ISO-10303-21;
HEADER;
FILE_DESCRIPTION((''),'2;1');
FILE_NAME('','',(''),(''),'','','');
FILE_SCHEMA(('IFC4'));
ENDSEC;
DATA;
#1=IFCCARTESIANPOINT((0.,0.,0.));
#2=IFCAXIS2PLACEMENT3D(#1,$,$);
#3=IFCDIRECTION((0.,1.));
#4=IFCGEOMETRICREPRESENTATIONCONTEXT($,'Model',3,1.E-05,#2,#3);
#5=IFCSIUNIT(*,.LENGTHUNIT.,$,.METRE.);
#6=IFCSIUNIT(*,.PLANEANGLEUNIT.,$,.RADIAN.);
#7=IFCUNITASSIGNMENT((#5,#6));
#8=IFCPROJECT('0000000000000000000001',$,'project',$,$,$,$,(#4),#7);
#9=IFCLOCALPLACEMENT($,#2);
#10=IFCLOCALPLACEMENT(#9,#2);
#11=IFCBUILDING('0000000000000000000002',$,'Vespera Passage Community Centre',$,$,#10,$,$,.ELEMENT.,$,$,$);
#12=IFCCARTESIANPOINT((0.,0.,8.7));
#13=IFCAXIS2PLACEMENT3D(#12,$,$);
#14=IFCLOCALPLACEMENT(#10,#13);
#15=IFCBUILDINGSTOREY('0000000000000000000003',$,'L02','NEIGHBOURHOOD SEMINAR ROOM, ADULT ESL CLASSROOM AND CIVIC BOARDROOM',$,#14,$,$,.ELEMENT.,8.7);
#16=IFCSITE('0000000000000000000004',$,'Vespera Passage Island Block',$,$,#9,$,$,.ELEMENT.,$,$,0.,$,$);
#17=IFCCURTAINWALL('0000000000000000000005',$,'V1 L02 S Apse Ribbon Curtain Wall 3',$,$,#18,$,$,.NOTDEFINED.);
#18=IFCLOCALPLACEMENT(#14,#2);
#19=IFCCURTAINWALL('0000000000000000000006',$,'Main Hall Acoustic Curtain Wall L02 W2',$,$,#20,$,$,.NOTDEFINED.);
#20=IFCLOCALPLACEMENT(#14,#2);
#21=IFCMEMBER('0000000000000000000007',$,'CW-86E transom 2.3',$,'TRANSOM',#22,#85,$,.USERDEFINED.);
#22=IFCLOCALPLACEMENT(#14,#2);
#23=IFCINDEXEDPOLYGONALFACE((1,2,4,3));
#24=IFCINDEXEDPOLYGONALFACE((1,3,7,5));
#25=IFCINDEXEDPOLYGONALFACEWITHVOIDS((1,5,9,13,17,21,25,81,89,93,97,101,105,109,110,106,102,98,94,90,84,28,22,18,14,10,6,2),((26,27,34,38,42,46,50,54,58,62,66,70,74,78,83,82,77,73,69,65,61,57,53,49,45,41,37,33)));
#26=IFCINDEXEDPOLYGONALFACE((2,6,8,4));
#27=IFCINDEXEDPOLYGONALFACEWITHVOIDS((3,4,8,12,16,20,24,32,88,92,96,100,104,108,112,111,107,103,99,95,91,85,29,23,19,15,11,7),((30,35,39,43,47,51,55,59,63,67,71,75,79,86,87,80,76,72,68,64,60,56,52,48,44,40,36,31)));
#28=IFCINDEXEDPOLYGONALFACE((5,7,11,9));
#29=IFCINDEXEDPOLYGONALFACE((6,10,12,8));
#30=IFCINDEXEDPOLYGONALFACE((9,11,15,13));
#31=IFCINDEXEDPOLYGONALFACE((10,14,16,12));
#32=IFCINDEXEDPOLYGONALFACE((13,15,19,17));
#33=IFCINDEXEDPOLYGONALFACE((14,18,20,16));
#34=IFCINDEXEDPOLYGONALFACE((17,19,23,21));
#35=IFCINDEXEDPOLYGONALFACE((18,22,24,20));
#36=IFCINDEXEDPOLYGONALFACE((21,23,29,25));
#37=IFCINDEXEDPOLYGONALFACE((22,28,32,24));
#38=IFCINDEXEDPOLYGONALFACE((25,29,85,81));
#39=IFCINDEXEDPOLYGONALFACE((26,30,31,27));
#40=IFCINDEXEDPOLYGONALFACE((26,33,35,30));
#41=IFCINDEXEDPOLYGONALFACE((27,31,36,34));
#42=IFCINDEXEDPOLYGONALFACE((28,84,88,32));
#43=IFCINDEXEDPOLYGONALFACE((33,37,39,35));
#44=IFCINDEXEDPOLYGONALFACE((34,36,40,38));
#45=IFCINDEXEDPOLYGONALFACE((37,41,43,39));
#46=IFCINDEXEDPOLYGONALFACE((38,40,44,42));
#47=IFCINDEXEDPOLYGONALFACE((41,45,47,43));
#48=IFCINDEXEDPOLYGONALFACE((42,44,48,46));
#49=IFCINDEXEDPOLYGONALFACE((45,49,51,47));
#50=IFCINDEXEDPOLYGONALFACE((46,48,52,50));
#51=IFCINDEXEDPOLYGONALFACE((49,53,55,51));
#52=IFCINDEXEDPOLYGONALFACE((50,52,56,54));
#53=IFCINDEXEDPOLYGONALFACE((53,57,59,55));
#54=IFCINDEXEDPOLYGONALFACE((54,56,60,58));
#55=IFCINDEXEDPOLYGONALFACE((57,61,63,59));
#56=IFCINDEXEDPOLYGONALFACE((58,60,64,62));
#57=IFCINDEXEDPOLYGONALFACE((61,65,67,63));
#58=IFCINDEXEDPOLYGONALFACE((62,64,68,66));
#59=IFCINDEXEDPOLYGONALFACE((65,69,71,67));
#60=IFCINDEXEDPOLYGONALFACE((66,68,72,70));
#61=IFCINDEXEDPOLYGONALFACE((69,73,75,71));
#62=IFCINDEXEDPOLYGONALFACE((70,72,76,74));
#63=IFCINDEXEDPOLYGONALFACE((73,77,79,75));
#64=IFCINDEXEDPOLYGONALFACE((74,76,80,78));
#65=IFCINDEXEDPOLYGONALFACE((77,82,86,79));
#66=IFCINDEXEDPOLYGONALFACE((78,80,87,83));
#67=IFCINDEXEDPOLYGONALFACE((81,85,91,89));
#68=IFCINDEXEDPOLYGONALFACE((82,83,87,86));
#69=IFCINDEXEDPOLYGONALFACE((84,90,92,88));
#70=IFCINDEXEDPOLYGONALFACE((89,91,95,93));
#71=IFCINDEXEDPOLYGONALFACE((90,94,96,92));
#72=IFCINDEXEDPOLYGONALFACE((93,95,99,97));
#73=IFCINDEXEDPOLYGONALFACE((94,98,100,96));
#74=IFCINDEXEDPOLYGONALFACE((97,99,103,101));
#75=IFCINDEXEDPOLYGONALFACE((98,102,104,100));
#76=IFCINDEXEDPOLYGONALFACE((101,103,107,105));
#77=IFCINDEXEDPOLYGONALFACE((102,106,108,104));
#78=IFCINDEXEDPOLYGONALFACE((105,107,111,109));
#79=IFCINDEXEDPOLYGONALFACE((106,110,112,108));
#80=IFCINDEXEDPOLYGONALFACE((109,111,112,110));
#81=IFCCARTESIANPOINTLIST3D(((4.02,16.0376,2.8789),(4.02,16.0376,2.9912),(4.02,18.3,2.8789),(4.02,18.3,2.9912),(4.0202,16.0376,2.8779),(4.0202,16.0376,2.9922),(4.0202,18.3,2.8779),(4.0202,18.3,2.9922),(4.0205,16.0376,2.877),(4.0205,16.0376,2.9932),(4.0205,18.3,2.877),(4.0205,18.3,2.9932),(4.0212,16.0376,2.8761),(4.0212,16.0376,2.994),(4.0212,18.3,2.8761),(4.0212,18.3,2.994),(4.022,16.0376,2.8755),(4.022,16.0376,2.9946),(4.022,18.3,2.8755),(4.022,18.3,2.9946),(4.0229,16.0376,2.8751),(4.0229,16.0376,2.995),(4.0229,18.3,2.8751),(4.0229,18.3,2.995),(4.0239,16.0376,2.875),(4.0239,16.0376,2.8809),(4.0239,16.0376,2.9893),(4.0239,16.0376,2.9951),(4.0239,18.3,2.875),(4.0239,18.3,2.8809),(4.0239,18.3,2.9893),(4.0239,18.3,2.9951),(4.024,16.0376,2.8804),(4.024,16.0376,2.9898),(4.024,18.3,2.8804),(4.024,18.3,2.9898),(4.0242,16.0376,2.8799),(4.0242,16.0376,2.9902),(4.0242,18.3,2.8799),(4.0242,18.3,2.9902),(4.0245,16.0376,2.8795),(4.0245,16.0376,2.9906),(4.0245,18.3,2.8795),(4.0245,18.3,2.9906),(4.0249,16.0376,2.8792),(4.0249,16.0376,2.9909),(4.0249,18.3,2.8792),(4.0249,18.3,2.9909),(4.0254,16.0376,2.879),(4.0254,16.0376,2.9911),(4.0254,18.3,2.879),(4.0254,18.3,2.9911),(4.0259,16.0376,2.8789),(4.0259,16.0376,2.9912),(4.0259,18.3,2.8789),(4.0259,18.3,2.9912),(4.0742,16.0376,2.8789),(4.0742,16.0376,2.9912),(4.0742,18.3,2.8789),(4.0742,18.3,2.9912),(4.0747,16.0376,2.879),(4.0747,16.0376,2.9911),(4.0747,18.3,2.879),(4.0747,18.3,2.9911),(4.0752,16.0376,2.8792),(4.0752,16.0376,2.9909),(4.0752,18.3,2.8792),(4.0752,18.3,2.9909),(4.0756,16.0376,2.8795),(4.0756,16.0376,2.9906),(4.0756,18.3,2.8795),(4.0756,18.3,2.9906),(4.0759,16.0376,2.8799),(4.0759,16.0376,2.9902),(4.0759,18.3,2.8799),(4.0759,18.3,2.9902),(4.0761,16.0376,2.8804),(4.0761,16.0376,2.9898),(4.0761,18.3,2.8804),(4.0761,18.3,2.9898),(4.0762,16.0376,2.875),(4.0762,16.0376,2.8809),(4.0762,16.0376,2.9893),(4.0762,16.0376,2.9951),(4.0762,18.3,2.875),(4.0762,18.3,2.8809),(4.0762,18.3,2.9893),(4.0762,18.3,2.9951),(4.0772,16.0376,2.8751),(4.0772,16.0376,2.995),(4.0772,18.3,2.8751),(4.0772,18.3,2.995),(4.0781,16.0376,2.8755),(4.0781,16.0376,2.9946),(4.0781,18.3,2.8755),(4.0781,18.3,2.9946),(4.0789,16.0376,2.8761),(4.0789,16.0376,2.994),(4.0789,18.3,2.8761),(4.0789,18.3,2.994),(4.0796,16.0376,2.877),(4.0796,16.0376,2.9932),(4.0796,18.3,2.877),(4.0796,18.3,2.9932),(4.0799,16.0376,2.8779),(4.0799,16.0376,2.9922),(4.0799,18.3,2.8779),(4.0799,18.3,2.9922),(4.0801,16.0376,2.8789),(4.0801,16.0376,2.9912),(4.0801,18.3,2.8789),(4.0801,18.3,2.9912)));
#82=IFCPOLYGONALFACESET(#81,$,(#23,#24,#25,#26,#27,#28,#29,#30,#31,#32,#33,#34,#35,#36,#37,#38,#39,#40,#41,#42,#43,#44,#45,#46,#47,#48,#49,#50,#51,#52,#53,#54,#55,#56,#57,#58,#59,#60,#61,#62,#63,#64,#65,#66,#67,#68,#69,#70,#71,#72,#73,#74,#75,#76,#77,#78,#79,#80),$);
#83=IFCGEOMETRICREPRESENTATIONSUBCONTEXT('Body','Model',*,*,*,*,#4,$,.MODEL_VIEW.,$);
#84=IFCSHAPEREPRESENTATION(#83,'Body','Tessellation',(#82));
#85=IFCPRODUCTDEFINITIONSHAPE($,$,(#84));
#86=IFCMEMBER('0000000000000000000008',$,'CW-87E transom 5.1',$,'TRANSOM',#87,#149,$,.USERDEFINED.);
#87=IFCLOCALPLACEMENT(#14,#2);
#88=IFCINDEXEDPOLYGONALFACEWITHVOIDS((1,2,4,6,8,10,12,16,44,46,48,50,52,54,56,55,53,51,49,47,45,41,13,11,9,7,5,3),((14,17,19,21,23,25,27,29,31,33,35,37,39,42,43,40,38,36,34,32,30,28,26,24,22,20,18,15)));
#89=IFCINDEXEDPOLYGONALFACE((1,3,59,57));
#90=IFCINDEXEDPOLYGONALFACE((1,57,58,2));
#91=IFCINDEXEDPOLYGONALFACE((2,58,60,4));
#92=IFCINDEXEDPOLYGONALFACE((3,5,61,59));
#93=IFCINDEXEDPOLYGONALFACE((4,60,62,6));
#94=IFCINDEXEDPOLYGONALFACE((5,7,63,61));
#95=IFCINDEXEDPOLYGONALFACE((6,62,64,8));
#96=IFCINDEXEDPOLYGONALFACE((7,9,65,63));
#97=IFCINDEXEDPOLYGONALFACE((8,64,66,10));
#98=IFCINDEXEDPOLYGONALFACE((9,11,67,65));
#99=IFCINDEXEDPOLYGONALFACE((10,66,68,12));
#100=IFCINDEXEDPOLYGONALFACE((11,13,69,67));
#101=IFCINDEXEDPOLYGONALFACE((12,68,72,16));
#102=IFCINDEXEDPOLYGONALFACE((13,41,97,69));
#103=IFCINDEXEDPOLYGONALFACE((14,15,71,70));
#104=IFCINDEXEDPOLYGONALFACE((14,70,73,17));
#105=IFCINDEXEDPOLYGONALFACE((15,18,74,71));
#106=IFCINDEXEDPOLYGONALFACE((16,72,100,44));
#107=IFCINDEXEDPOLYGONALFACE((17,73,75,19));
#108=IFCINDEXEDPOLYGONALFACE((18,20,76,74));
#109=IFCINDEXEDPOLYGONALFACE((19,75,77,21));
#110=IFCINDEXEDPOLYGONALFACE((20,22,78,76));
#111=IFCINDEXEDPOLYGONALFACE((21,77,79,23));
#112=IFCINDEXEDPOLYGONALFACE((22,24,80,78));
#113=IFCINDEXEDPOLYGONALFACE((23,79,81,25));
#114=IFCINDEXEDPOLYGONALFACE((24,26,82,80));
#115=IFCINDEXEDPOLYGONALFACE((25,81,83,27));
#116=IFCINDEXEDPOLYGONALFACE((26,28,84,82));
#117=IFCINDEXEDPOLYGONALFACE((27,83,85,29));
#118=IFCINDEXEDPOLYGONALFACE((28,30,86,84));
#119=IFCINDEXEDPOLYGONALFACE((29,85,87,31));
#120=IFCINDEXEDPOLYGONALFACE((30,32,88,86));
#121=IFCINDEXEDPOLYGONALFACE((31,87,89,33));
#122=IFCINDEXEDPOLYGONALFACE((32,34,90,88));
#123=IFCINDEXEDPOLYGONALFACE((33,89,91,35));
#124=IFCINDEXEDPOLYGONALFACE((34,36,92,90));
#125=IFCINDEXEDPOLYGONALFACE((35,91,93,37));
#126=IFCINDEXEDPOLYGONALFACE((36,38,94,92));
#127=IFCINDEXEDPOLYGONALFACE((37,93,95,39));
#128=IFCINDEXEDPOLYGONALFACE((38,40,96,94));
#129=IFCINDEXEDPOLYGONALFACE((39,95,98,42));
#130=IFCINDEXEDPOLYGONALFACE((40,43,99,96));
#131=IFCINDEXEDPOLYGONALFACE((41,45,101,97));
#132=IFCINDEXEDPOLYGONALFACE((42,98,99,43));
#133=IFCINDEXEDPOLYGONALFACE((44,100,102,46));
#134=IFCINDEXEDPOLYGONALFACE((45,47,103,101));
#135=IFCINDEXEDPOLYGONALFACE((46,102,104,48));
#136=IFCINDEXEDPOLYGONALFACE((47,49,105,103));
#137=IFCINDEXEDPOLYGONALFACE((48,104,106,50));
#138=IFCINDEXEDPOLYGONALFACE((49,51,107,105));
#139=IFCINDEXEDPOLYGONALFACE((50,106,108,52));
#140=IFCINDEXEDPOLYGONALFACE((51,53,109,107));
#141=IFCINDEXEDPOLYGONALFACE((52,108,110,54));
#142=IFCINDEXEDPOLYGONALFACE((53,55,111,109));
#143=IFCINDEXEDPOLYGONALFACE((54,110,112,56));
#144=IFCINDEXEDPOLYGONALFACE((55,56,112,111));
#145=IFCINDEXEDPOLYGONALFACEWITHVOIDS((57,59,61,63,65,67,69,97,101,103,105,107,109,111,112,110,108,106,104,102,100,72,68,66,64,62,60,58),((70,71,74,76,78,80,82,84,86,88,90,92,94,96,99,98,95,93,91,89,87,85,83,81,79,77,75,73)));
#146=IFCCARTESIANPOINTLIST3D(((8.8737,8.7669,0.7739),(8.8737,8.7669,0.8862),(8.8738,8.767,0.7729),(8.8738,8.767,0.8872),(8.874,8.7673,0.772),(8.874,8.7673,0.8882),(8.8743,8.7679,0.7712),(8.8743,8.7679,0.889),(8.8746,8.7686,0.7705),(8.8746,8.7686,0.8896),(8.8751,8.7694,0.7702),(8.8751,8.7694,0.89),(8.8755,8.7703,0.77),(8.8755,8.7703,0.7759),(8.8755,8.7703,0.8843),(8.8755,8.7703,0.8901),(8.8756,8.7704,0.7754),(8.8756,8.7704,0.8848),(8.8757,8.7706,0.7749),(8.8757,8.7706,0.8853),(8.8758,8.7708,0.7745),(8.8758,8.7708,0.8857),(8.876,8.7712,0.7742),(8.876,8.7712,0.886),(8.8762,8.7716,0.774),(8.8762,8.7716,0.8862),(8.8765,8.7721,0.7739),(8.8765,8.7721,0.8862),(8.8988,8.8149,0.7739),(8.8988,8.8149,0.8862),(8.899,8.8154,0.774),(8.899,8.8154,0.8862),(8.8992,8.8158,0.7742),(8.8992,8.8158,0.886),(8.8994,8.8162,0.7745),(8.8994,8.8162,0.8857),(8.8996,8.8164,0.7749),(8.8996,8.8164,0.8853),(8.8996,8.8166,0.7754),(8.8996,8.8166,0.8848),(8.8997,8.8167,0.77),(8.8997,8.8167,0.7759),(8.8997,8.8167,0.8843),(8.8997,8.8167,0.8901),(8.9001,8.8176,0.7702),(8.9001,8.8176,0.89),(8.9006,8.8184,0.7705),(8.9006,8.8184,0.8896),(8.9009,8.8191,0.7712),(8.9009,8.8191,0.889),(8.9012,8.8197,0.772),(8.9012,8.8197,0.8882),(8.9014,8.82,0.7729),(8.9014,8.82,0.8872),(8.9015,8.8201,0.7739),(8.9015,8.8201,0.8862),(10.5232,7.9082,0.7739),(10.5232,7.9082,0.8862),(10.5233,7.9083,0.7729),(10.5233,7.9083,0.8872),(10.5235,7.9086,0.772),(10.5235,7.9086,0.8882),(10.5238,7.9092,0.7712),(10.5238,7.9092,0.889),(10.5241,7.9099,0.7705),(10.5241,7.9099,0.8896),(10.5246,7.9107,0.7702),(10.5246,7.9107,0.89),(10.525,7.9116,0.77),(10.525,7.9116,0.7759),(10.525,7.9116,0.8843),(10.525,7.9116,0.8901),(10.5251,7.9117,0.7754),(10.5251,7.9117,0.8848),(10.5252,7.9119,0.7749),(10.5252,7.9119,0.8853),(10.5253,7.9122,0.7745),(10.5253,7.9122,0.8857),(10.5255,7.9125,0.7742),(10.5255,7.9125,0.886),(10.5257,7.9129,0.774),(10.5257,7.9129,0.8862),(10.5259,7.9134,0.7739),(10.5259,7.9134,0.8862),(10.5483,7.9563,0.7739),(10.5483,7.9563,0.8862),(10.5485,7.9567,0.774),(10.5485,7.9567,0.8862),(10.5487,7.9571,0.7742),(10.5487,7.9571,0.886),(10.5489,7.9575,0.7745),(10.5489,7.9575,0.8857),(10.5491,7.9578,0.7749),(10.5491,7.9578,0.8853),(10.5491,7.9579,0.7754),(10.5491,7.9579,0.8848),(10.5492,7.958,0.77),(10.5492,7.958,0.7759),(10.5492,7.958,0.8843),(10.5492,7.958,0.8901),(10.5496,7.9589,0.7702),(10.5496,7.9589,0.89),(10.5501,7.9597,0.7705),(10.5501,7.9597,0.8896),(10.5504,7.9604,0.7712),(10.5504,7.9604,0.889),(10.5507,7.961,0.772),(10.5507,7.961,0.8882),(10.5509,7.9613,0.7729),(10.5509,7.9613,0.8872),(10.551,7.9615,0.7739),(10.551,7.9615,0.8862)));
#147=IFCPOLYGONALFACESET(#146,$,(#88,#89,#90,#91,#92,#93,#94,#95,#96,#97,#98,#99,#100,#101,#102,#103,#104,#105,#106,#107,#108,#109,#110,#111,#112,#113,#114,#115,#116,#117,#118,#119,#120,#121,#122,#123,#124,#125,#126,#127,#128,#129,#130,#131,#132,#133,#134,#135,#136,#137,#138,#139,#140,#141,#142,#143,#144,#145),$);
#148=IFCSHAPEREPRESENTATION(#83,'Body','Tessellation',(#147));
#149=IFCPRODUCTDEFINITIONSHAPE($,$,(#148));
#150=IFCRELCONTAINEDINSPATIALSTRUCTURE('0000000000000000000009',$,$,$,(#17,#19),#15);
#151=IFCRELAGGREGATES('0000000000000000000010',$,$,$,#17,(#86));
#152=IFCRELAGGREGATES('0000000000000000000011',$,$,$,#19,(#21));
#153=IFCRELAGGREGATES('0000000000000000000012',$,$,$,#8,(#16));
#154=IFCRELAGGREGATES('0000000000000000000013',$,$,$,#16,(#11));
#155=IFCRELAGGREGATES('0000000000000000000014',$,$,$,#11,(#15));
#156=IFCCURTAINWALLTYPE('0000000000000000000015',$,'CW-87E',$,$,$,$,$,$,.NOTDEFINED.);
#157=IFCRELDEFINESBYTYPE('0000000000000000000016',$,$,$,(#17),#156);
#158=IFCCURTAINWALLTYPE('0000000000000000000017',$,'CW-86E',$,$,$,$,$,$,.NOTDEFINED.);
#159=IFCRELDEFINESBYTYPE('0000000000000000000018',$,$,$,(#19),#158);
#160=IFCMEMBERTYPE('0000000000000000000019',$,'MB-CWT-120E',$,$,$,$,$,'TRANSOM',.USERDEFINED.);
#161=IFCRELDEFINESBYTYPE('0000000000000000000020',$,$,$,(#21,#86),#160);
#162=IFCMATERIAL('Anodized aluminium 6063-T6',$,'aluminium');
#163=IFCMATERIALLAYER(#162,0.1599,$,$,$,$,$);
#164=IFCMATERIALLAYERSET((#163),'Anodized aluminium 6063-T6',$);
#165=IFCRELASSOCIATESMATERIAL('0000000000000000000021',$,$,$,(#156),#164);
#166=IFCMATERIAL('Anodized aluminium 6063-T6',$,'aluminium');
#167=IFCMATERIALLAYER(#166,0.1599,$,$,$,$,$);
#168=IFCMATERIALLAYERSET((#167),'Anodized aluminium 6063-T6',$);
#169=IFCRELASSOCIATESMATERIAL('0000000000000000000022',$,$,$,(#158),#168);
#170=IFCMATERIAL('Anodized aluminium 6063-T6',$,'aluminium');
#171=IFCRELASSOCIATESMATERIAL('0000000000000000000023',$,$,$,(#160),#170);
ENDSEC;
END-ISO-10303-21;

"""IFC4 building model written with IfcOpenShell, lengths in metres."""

from ifc_helpers import new_model, si_unit, direction, frame, origin, origin_2d, place, context, subcontext, project, spatial, hollow_rectangle, extrude, material, layer, layer_set, material_profile, profile_set, type_object, element, aggregate, save


model = new_model("IFC4")

# Units and contexts
model_context = context("Model", 3, precision=1e-05, world=origin(), true_north=direction((0.0, 1.0)))
body_context = subcontext(model_context, "Body", "Model", "MODEL_VIEW")
ifc_project = project(units=[si_unit("LENGTHUNIT", "METRE"), si_unit("PLANEANGLEUNIT", "RADIAN")], contexts=[model_context])

# Site, building, storey
site_placement = place(None, origin())
site = spatial("IfcSite", under=ifc_project, at=site_placement, Name="Vespera Passage Island Block", CompositionType="ELEMENT", RefElevation=0.0)
building_placement = place(site_placement, origin())
building = spatial("IfcBuilding", under=site, at=building_placement, Name="Vespera Passage Community Centre", CompositionType="ELEMENT")
storey_placement = place(building_placement, frame((0.0, 0.0, 8.7)))
storey = spatial("IfcBuildingStorey", under=building, at=storey_placement, Name="L02", Description="NEIGHBOURHOOD SEMINAR ROOM, ADULT ESL CLASSROOM AND CIVIC BOARDROOM", CompositionType="ELEMENT", Elevation=8.7)

# Curtain walls, member
ifc_material_1 = material(Name="Anodized aluminium 6063-T6", Category="aluminium")
ifc_layer_1 = layer(ifc_material_1, 0.1599)
ifc_layer_set_1 = layer_set([ifc_layer_1], Name="Anodized aluminium 6063-T6")
curtain_wall_type_1 = type_object("IfcCurtainWallType", Name="CW-87E", PredefinedType="NOTDEFINED", material=ifc_layer_set_1)
curtain_wall_1_placement = place(storey_placement, origin())
curtain_wall_1 = element("IfcCurtainWall", 1, at=curtain_wall_1_placement, inside=storey, type_object=curtain_wall_type_1, Name="V1 L02 S Apse Ribbon Curtain Wall 3", PredefinedType="NOTDEFINED")
ifc_material_2 = material(Name="Anodized aluminium 6063-T6", Category="aluminium")
ifc_layer_2 = layer(ifc_material_2, 0.1599)
ifc_layer_set_2 = layer_set([ifc_layer_2], Name="Anodized aluminium 6063-T6")
curtain_wall_type_2 = type_object("IfcCurtainWallType", Name="CW-86E", PredefinedType="NOTDEFINED", material=ifc_layer_set_2)
curtain_wall_2_placement = place(storey_placement, origin())
curtain_wall_2 = element("IfcCurtainWall", 2, at=curtain_wall_2_placement, inside=storey, type_object=curtain_wall_type_2, Name="Main Hall Acoustic Curtain Wall L02 W2", PredefinedType="NOTDEFINED")
ifc_material_3 = material(Name="Anodized aluminium 6063-T6", Category="aluminium")
ifc_material_profile_1 = material_profile(ifc_material_3, hollow_rectangle(XDim=0.0601, YDim=0.1201, WallThickness=0.0039, InnerFilletRadius=0.002, OuterFilletRadius=0.0039, at=origin_2d()), Name="ALU120X60X4")
ifc_profile_set_1 = profile_set([ifc_material_profile_1], Name="Anodized aluminium 6063-T6")
member_type_1 = type_object("IfcMemberType", Name="MB-CWT-120E", ElementType="TRANSOM", PredefinedType="USERDEFINED", material=ifc_profile_set_1)
member_1_placement = place(storey_placement, frame((4.05, 16.0376, 2.9351), z_axis=(0.0, 1.0, 0.0), x_axis=(-1.0, 0.0, 0.0)))
member_1 = element("IfcMember", 3, at=member_1_placement, type_object=member_type_1, Name="CW-86E transom 2.3", ObjectType="TRANSOM", PredefinedType="USERDEFINED", context=body_context, shape_type="SweptSolid", body=[
    extrude(hollow_rectangle(XDim=0.0601, YDim=0.1201, WallThickness=0.0039, InnerFilletRadius=0.002, OuterFilletRadius=0.0039, at=origin_2d()), origin(), (0.0, 0.0, 1.0), 2.2625),
])

# Member
member_2_placement = place(storey_placement, frame((10.5371, 7.9348, 0.8301), z_axis=(-0.887008, 0.461754, 0.0), x_axis=(-0.461754, -0.887008, 0.0)))
member_2 = element("IfcMember", 4, at=member_2_placement, type_object=member_type_1, Name="CW-87E transom 5.1", ObjectType="TRANSOM", PredefinedType="USERDEFINED", context=body_context, shape_type="SweptSolid", body=[
    extrude(hollow_rectangle(XDim=0.0601, YDim=0.1201, WallThickness=0.0039, InnerFilletRadius=0.002, OuterFilletRadius=0.0039, at=origin_2d()), origin(), (0.0, 0.0, 1.0), 1.8596),
])

aggregate(curtain_wall_1, [member_2])
aggregate(curtain_wall_2, [member_1])

save(model, "model.ifc")
